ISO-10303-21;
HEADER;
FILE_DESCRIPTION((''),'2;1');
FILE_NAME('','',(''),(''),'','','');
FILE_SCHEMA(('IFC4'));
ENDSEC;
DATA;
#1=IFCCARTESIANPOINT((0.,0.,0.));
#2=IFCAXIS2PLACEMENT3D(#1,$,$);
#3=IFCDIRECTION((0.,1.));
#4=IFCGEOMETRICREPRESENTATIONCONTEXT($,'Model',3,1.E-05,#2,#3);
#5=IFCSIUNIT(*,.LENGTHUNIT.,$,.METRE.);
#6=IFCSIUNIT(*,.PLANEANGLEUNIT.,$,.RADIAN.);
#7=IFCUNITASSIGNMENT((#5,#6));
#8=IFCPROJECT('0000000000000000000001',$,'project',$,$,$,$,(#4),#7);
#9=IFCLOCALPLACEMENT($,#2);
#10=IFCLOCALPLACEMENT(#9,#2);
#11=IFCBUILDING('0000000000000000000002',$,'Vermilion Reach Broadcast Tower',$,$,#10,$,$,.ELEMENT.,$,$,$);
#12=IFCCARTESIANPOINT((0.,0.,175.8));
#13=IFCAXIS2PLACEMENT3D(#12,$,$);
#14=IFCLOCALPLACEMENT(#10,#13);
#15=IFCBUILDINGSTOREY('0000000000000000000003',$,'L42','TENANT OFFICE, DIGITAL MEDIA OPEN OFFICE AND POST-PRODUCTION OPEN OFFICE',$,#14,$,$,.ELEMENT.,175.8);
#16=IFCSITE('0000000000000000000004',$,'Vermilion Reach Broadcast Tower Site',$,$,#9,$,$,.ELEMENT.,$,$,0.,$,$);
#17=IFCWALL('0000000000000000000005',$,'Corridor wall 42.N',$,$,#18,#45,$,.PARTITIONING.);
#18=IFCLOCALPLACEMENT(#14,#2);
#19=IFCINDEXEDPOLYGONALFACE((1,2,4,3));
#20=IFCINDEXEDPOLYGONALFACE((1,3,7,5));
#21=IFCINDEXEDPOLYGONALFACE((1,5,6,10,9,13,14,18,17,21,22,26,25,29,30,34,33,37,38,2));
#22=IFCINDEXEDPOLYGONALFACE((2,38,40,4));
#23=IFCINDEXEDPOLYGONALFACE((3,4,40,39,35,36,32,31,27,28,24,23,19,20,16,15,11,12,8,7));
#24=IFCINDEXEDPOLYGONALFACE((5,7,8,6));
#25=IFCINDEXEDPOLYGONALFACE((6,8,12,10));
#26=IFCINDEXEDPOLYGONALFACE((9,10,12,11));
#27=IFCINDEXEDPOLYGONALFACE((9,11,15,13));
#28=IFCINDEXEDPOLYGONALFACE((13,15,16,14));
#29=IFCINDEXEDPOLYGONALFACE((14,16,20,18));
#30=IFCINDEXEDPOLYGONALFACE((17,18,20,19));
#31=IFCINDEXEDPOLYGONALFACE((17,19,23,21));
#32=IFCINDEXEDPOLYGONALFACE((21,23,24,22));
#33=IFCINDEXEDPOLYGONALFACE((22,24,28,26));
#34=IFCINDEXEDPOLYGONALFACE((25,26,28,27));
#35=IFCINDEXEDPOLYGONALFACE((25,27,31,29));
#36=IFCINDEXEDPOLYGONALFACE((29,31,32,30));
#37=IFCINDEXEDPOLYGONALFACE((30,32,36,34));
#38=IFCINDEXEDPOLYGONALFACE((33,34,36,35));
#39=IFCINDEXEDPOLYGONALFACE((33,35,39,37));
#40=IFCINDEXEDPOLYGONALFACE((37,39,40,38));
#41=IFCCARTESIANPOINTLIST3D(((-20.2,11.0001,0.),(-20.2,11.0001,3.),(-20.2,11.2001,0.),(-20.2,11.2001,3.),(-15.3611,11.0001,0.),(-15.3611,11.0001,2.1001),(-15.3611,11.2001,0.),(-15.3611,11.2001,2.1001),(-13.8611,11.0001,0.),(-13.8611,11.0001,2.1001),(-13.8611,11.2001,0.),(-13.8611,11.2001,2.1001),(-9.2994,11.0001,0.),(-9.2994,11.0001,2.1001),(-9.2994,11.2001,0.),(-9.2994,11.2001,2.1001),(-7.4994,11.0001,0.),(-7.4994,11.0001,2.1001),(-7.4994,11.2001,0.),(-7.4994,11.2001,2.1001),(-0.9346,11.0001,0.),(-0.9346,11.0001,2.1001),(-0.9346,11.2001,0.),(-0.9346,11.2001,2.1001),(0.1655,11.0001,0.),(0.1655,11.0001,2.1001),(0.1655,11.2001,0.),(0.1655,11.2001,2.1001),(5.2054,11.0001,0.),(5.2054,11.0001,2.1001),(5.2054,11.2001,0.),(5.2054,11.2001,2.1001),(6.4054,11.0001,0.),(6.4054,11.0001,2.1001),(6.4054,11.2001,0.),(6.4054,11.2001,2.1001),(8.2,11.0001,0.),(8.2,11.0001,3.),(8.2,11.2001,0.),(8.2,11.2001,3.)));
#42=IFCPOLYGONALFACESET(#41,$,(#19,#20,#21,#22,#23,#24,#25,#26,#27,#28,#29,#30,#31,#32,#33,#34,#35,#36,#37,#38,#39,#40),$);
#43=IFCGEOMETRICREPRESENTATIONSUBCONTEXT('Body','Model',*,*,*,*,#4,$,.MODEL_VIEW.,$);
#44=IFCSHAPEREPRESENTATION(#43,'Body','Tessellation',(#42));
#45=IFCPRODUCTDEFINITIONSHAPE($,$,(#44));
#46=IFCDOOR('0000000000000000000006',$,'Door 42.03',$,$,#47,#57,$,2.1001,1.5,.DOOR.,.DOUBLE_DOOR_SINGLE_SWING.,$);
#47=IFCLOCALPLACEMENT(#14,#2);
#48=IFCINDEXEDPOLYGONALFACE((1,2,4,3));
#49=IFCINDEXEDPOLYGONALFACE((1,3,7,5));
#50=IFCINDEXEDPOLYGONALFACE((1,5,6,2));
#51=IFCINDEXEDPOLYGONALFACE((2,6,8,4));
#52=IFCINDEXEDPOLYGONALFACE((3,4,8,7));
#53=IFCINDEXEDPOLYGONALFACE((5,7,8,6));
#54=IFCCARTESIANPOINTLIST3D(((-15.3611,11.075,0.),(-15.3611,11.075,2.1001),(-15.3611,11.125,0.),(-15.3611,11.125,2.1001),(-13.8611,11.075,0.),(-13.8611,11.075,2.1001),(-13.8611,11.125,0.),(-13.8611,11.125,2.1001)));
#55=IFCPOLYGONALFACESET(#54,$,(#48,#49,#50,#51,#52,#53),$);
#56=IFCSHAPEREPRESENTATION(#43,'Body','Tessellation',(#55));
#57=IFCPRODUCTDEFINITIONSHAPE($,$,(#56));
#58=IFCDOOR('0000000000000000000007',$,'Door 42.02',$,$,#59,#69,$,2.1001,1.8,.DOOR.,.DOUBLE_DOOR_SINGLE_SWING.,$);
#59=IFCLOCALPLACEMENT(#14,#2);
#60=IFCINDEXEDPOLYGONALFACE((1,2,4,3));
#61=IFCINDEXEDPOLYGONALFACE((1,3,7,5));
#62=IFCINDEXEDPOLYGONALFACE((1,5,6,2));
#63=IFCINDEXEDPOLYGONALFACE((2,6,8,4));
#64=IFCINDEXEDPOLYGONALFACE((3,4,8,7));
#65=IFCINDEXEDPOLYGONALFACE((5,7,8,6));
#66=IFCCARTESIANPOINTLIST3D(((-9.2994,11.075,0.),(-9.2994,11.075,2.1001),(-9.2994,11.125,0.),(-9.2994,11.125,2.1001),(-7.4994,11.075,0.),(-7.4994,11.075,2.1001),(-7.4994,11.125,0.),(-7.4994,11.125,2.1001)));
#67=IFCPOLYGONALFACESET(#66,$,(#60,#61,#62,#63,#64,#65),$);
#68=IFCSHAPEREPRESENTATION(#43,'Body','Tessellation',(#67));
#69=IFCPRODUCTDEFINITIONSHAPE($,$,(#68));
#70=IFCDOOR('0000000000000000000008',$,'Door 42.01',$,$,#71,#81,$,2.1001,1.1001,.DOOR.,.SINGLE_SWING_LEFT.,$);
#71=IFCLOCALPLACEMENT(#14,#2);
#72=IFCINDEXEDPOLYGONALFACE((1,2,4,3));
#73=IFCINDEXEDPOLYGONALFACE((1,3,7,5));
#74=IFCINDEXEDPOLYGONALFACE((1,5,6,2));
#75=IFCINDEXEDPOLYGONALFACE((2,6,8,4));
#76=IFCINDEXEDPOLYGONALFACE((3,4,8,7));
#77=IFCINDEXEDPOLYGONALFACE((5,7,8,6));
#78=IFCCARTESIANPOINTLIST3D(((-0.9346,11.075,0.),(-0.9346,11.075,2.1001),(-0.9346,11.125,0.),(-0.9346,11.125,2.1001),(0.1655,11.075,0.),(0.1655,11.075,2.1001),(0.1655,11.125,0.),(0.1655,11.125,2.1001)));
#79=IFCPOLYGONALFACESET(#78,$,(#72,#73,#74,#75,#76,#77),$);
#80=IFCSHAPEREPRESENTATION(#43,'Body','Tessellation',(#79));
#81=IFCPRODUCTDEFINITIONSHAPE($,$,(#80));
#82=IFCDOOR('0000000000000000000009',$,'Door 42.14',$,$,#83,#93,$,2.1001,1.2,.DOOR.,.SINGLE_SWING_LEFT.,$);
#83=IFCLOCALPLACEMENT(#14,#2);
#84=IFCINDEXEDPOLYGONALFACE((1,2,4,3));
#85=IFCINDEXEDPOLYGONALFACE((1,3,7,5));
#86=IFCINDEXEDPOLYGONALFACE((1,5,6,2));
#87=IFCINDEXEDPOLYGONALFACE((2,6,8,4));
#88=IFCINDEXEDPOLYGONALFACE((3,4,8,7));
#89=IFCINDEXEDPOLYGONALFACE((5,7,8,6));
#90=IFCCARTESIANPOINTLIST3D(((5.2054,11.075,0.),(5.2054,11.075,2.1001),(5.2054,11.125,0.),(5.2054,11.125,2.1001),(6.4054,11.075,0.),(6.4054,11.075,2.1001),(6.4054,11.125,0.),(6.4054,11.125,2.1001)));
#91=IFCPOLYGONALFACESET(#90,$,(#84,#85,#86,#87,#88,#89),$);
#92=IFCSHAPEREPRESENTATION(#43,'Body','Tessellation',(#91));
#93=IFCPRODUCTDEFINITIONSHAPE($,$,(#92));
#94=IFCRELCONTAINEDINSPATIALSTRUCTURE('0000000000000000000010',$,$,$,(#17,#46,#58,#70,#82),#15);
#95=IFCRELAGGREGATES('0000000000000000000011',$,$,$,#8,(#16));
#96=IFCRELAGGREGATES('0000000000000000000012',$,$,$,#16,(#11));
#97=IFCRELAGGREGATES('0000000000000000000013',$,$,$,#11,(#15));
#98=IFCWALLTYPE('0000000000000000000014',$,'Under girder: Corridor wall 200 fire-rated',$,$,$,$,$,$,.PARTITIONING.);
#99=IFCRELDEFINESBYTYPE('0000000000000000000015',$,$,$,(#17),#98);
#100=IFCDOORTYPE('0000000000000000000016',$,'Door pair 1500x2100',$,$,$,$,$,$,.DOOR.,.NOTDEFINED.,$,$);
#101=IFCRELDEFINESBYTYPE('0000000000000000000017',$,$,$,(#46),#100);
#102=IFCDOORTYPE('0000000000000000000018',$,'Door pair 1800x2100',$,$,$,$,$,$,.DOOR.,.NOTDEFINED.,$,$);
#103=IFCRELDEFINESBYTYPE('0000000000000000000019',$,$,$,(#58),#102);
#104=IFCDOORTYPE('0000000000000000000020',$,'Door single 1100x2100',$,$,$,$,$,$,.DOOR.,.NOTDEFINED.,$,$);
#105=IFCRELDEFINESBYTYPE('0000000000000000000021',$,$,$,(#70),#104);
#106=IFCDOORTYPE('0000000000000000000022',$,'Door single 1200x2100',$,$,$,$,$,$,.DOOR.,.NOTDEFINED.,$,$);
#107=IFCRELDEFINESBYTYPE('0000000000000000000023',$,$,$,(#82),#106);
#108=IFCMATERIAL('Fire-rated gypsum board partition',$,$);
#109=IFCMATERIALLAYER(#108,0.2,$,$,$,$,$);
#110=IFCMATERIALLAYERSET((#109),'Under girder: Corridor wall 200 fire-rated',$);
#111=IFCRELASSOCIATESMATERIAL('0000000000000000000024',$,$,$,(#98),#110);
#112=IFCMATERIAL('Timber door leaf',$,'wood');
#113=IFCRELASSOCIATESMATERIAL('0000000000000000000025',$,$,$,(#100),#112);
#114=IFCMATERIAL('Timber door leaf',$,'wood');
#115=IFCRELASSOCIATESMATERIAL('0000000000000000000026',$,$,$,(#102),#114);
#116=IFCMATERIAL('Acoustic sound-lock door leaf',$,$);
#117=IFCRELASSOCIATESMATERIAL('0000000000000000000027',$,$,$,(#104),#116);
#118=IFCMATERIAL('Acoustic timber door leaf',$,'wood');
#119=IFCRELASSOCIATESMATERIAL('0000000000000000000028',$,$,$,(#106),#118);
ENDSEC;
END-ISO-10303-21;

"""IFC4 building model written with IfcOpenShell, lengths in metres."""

from ifc_helpers import new_model, si_unit, direction, frame, frame_2d, origin, place, context, subcontext, project, spatial, rectangle, extrude, material, layer, layer_set, type_object, element, fill, save


model = new_model("IFC4")

# Units and contexts
model_context = context("Model", 3, precision=1e-05, world=origin(), true_north=direction((0.0, 1.0)))
body_context = subcontext(model_context, "Body", "Model", "MODEL_VIEW")
ifc_project = project(units=[si_unit("LENGTHUNIT", "METRE"), si_unit("PLANEANGLEUNIT", "RADIAN")], contexts=[model_context])

# Site, building, storey
site_placement = place(None, origin())
site = spatial("IfcSite", under=ifc_project, at=site_placement, Name="Vermilion Reach Broadcast Tower Site", CompositionType="ELEMENT", RefElevation=0.0)
building_placement = place(site_placement, origin())
building = spatial("IfcBuilding", under=site, at=building_placement, Name="Vermilion Reach Broadcast Tower", CompositionType="ELEMENT")
storey_placement = place(building_placement, frame((0.0, 0.0, 175.8)))
storey = spatial("IfcBuildingStorey", under=building, at=storey_placement, Name="L42", Description="TENANT OFFICE, DIGITAL MEDIA OPEN OFFICE AND POST-PRODUCTION OPEN OFFICE", CompositionType="ELEMENT", Elevation=175.8)

# Wall, openings, doors
ifc_material_1 = material(Name="Fire-rated gypsum board partition")
ifc_layer_1 = layer(ifc_material_1, 0.2)
ifc_layer_set_1 = layer_set([ifc_layer_1], Name="Under girder: Corridor wall 200 fire-rated")
wall_type_1 = type_object("IfcWallType", Name="Under girder: Corridor wall 200 fire-rated", PredefinedType="PARTITIONING", material=ifc_layer_set_1)
wall_1_placement = place(storey_placement, frame((-20.2, 11.1001, 0.0), z_axis=(0.0, 0.0, 1.0), x_axis=(1.0, 0.0, 0.0)))
wall_1 = element("IfcWall", 1, at=wall_1_placement, inside=storey, type_object=wall_type_1, Name="Corridor wall 42.N", PredefinedType="PARTITIONING", context=body_context, shape_type="SweptSolid", body=[
    extrude(rectangle(XDim=28.3999, YDim=0.2, at=frame_2d((14.2, 0.0))), origin(), (0.0, 0.0, 1.0), 3.0),
])
opening_1_placement = place(wall_1_placement, frame((19.2654, 0.0, 0.0)))
opening_1 = element("IfcOpeningElement", 2, at=opening_1_placement, cuts=wall_1, PredefinedType="OPENING", context=body_context, shape_type="SweptSolid", body=[
    extrude(rectangle(XDim=1.1001, YDim=2.1001, at=frame_2d((0.55, 1.05))), frame((0.0, 0.1099, 0.0), z_axis=(0.0, -1.0, 0.0), x_axis=(1.0, 0.0, 0.0)), (0.0, 0.0, 1.0), 0.22),
])
opening_2_placement = place(wall_1_placement, frame((10.9006, 0.0, 0.0)))
opening_2 = element("IfcOpeningElement", 3, at=opening_2_placement, cuts=wall_1, PredefinedType="OPENING", context=body_context, shape_type="SweptSolid", body=[
    extrude(rectangle(XDim=1.8, YDim=2.1001, at=frame_2d((0.8999, 1.05))), frame((0.0, 0.1099, 0.0), z_axis=(0.0, -1.0, 0.0), x_axis=(1.0, 0.0, 0.0)), (0.0, 0.0, 1.0), 0.22),
])
opening_3_placement = place(wall_1_placement, frame((4.8389, 0.0, 0.0)))
opening_3 = element("IfcOpeningElement", 4, at=opening_3_placement, cuts=wall_1, PredefinedType="OPENING", context=body_context, shape_type="SweptSolid", body=[
    extrude(rectangle(XDim=1.5, YDim=2.1001, at=frame_2d((0.75, 1.05))), frame((0.0, 0.1099, 0.0), z_axis=(0.0, -1.0, 0.0), x_axis=(1.0, 0.0, 0.0)), (0.0, 0.0, 1.0), 0.22),
])
opening_4_placement = place(wall_1_placement, frame((25.4053, 0.0, 0.0)))
opening_4 = element("IfcOpeningElement", 5, at=opening_4_placement, cuts=wall_1, PredefinedType="OPENING", context=body_context, shape_type="SweptSolid", body=[
    extrude(rectangle(XDim=1.2, YDim=2.1001, at=frame_2d((0.6001, 1.05))), frame((0.0, 0.1099, 0.0), z_axis=(0.0, -1.0, 0.0), x_axis=(1.0, 0.0, 0.0)), (0.0, 0.0, 1.0), 0.22),
])
ifc_material_2 = material(Name="Timber door leaf", Category="wood")
door_type_1 = type_object("IfcDoorType", Name="Door pair 1500x2100", OperationType="NOTDEFINED", PredefinedType="DOOR", material=ifc_material_2)
door_1_placement = place(opening_3_placement, origin())
door_1 = element("IfcDoor", 6, at=door_1_placement, inside=storey, type_object=door_type_1, Name="Door 42.03", OperationType="DOUBLE_DOOR_SINGLE_SWING", OverallHeight=2.1001, OverallWidth=1.5, PredefinedType="DOOR", context=body_context, shape_type="SweptSolid", body=[
    extrude(rectangle(XDim=1.5, YDim=2.1001, at=frame_2d((0.75, 1.05))), frame((0.0, 0.0249, 0.0), z_axis=(0.0, -1.0, 0.0), x_axis=(1.0, 0.0, 0.0)), (0.0, 0.0, 1.0), 0.05),
])
fill(opening_3, door_1)
ifc_material_3 = material(Name="Timber door leaf", Category="wood")
door_type_2 = type_object("IfcDoorType", Name="Door pair 1800x2100", OperationType="NOTDEFINED", PredefinedType="DOOR", material=ifc_material_3)
door_2_placement = place(opening_2_placement, origin())
door_2 = element("IfcDoor", 7, at=door_2_placement, inside=storey, type_object=door_type_2, Name="Door 42.02", OperationType="DOUBLE_DOOR_SINGLE_SWING", OverallHeight=2.1001, OverallWidth=1.8, PredefinedType="DOOR", context=body_context, shape_type="SweptSolid", body=[
    extrude(rectangle(XDim=1.8, YDim=2.1001, at=frame_2d((0.8999, 1.05))), frame((0.0, 0.0249, 0.0), z_axis=(0.0, -1.0, 0.0), x_axis=(1.0, 0.0, 0.0)), (0.0, 0.0, 1.0), 0.05),
])
fill(opening_2, door_2)
ifc_material_4 = material(Name="Acoustic sound-lock door leaf")
door_type_3 = type_object("IfcDoorType", Name="Door single 1100x2100", OperationType="NOTDEFINED", PredefinedType="DOOR", material=ifc_material_4)
door_3_placement = place(opening_1_placement, origin())
door_3 = element("IfcDoor", 8, at=door_3_placement, inside=storey, type_object=door_type_3, Name="Door 42.01", OperationType="SINGLE_SWING_LEFT", OverallHeight=2.1001, OverallWidth=1.1001, PredefinedType="DOOR", context=body_context, shape_type="SweptSolid", body=[
    extrude(rectangle(XDim=1.1001, YDim=2.1001, at=frame_2d((0.55, 1.05))), frame((0.0, 0.0249, 0.0), z_axis=(0.0, -1.0, 0.0), x_axis=(1.0, 0.0, 0.0)), (0.0, 0.0, 1.0), 0.05),
])
fill(opening_1, door_3)
ifc_material_5 = material(Name="Acoustic timber door leaf", Category="wood")
door_type_4 = type_object("IfcDoorType", Name="Door single 1200x2100", OperationType="NOTDEFINED", PredefinedType="DOOR", material=ifc_material_5)
door_4_placement = place(opening_4_placement, origin())
door_4 = element("IfcDoor", 9, at=door_4_placement, inside=storey, type_object=door_type_4, Name="Door 42.14", OperationType="SINGLE_SWING_LEFT", OverallHeight=2.1001, OverallWidth=1.2, PredefinedType="DOOR", context=body_context, shape_type="SweptSolid", body=[
    extrude(rectangle(XDim=1.2, YDim=2.1001, at=frame_2d((0.6001, 1.05))), frame((0.0, 0.0249, 0.0), z_axis=(0.0, -1.0, 0.0), x_axis=(1.0, 0.0, 0.0)), (0.0, 0.0, 1.0), 0.05),
])
fill(opening_4, door_4)

save(model, "model.ifc")
